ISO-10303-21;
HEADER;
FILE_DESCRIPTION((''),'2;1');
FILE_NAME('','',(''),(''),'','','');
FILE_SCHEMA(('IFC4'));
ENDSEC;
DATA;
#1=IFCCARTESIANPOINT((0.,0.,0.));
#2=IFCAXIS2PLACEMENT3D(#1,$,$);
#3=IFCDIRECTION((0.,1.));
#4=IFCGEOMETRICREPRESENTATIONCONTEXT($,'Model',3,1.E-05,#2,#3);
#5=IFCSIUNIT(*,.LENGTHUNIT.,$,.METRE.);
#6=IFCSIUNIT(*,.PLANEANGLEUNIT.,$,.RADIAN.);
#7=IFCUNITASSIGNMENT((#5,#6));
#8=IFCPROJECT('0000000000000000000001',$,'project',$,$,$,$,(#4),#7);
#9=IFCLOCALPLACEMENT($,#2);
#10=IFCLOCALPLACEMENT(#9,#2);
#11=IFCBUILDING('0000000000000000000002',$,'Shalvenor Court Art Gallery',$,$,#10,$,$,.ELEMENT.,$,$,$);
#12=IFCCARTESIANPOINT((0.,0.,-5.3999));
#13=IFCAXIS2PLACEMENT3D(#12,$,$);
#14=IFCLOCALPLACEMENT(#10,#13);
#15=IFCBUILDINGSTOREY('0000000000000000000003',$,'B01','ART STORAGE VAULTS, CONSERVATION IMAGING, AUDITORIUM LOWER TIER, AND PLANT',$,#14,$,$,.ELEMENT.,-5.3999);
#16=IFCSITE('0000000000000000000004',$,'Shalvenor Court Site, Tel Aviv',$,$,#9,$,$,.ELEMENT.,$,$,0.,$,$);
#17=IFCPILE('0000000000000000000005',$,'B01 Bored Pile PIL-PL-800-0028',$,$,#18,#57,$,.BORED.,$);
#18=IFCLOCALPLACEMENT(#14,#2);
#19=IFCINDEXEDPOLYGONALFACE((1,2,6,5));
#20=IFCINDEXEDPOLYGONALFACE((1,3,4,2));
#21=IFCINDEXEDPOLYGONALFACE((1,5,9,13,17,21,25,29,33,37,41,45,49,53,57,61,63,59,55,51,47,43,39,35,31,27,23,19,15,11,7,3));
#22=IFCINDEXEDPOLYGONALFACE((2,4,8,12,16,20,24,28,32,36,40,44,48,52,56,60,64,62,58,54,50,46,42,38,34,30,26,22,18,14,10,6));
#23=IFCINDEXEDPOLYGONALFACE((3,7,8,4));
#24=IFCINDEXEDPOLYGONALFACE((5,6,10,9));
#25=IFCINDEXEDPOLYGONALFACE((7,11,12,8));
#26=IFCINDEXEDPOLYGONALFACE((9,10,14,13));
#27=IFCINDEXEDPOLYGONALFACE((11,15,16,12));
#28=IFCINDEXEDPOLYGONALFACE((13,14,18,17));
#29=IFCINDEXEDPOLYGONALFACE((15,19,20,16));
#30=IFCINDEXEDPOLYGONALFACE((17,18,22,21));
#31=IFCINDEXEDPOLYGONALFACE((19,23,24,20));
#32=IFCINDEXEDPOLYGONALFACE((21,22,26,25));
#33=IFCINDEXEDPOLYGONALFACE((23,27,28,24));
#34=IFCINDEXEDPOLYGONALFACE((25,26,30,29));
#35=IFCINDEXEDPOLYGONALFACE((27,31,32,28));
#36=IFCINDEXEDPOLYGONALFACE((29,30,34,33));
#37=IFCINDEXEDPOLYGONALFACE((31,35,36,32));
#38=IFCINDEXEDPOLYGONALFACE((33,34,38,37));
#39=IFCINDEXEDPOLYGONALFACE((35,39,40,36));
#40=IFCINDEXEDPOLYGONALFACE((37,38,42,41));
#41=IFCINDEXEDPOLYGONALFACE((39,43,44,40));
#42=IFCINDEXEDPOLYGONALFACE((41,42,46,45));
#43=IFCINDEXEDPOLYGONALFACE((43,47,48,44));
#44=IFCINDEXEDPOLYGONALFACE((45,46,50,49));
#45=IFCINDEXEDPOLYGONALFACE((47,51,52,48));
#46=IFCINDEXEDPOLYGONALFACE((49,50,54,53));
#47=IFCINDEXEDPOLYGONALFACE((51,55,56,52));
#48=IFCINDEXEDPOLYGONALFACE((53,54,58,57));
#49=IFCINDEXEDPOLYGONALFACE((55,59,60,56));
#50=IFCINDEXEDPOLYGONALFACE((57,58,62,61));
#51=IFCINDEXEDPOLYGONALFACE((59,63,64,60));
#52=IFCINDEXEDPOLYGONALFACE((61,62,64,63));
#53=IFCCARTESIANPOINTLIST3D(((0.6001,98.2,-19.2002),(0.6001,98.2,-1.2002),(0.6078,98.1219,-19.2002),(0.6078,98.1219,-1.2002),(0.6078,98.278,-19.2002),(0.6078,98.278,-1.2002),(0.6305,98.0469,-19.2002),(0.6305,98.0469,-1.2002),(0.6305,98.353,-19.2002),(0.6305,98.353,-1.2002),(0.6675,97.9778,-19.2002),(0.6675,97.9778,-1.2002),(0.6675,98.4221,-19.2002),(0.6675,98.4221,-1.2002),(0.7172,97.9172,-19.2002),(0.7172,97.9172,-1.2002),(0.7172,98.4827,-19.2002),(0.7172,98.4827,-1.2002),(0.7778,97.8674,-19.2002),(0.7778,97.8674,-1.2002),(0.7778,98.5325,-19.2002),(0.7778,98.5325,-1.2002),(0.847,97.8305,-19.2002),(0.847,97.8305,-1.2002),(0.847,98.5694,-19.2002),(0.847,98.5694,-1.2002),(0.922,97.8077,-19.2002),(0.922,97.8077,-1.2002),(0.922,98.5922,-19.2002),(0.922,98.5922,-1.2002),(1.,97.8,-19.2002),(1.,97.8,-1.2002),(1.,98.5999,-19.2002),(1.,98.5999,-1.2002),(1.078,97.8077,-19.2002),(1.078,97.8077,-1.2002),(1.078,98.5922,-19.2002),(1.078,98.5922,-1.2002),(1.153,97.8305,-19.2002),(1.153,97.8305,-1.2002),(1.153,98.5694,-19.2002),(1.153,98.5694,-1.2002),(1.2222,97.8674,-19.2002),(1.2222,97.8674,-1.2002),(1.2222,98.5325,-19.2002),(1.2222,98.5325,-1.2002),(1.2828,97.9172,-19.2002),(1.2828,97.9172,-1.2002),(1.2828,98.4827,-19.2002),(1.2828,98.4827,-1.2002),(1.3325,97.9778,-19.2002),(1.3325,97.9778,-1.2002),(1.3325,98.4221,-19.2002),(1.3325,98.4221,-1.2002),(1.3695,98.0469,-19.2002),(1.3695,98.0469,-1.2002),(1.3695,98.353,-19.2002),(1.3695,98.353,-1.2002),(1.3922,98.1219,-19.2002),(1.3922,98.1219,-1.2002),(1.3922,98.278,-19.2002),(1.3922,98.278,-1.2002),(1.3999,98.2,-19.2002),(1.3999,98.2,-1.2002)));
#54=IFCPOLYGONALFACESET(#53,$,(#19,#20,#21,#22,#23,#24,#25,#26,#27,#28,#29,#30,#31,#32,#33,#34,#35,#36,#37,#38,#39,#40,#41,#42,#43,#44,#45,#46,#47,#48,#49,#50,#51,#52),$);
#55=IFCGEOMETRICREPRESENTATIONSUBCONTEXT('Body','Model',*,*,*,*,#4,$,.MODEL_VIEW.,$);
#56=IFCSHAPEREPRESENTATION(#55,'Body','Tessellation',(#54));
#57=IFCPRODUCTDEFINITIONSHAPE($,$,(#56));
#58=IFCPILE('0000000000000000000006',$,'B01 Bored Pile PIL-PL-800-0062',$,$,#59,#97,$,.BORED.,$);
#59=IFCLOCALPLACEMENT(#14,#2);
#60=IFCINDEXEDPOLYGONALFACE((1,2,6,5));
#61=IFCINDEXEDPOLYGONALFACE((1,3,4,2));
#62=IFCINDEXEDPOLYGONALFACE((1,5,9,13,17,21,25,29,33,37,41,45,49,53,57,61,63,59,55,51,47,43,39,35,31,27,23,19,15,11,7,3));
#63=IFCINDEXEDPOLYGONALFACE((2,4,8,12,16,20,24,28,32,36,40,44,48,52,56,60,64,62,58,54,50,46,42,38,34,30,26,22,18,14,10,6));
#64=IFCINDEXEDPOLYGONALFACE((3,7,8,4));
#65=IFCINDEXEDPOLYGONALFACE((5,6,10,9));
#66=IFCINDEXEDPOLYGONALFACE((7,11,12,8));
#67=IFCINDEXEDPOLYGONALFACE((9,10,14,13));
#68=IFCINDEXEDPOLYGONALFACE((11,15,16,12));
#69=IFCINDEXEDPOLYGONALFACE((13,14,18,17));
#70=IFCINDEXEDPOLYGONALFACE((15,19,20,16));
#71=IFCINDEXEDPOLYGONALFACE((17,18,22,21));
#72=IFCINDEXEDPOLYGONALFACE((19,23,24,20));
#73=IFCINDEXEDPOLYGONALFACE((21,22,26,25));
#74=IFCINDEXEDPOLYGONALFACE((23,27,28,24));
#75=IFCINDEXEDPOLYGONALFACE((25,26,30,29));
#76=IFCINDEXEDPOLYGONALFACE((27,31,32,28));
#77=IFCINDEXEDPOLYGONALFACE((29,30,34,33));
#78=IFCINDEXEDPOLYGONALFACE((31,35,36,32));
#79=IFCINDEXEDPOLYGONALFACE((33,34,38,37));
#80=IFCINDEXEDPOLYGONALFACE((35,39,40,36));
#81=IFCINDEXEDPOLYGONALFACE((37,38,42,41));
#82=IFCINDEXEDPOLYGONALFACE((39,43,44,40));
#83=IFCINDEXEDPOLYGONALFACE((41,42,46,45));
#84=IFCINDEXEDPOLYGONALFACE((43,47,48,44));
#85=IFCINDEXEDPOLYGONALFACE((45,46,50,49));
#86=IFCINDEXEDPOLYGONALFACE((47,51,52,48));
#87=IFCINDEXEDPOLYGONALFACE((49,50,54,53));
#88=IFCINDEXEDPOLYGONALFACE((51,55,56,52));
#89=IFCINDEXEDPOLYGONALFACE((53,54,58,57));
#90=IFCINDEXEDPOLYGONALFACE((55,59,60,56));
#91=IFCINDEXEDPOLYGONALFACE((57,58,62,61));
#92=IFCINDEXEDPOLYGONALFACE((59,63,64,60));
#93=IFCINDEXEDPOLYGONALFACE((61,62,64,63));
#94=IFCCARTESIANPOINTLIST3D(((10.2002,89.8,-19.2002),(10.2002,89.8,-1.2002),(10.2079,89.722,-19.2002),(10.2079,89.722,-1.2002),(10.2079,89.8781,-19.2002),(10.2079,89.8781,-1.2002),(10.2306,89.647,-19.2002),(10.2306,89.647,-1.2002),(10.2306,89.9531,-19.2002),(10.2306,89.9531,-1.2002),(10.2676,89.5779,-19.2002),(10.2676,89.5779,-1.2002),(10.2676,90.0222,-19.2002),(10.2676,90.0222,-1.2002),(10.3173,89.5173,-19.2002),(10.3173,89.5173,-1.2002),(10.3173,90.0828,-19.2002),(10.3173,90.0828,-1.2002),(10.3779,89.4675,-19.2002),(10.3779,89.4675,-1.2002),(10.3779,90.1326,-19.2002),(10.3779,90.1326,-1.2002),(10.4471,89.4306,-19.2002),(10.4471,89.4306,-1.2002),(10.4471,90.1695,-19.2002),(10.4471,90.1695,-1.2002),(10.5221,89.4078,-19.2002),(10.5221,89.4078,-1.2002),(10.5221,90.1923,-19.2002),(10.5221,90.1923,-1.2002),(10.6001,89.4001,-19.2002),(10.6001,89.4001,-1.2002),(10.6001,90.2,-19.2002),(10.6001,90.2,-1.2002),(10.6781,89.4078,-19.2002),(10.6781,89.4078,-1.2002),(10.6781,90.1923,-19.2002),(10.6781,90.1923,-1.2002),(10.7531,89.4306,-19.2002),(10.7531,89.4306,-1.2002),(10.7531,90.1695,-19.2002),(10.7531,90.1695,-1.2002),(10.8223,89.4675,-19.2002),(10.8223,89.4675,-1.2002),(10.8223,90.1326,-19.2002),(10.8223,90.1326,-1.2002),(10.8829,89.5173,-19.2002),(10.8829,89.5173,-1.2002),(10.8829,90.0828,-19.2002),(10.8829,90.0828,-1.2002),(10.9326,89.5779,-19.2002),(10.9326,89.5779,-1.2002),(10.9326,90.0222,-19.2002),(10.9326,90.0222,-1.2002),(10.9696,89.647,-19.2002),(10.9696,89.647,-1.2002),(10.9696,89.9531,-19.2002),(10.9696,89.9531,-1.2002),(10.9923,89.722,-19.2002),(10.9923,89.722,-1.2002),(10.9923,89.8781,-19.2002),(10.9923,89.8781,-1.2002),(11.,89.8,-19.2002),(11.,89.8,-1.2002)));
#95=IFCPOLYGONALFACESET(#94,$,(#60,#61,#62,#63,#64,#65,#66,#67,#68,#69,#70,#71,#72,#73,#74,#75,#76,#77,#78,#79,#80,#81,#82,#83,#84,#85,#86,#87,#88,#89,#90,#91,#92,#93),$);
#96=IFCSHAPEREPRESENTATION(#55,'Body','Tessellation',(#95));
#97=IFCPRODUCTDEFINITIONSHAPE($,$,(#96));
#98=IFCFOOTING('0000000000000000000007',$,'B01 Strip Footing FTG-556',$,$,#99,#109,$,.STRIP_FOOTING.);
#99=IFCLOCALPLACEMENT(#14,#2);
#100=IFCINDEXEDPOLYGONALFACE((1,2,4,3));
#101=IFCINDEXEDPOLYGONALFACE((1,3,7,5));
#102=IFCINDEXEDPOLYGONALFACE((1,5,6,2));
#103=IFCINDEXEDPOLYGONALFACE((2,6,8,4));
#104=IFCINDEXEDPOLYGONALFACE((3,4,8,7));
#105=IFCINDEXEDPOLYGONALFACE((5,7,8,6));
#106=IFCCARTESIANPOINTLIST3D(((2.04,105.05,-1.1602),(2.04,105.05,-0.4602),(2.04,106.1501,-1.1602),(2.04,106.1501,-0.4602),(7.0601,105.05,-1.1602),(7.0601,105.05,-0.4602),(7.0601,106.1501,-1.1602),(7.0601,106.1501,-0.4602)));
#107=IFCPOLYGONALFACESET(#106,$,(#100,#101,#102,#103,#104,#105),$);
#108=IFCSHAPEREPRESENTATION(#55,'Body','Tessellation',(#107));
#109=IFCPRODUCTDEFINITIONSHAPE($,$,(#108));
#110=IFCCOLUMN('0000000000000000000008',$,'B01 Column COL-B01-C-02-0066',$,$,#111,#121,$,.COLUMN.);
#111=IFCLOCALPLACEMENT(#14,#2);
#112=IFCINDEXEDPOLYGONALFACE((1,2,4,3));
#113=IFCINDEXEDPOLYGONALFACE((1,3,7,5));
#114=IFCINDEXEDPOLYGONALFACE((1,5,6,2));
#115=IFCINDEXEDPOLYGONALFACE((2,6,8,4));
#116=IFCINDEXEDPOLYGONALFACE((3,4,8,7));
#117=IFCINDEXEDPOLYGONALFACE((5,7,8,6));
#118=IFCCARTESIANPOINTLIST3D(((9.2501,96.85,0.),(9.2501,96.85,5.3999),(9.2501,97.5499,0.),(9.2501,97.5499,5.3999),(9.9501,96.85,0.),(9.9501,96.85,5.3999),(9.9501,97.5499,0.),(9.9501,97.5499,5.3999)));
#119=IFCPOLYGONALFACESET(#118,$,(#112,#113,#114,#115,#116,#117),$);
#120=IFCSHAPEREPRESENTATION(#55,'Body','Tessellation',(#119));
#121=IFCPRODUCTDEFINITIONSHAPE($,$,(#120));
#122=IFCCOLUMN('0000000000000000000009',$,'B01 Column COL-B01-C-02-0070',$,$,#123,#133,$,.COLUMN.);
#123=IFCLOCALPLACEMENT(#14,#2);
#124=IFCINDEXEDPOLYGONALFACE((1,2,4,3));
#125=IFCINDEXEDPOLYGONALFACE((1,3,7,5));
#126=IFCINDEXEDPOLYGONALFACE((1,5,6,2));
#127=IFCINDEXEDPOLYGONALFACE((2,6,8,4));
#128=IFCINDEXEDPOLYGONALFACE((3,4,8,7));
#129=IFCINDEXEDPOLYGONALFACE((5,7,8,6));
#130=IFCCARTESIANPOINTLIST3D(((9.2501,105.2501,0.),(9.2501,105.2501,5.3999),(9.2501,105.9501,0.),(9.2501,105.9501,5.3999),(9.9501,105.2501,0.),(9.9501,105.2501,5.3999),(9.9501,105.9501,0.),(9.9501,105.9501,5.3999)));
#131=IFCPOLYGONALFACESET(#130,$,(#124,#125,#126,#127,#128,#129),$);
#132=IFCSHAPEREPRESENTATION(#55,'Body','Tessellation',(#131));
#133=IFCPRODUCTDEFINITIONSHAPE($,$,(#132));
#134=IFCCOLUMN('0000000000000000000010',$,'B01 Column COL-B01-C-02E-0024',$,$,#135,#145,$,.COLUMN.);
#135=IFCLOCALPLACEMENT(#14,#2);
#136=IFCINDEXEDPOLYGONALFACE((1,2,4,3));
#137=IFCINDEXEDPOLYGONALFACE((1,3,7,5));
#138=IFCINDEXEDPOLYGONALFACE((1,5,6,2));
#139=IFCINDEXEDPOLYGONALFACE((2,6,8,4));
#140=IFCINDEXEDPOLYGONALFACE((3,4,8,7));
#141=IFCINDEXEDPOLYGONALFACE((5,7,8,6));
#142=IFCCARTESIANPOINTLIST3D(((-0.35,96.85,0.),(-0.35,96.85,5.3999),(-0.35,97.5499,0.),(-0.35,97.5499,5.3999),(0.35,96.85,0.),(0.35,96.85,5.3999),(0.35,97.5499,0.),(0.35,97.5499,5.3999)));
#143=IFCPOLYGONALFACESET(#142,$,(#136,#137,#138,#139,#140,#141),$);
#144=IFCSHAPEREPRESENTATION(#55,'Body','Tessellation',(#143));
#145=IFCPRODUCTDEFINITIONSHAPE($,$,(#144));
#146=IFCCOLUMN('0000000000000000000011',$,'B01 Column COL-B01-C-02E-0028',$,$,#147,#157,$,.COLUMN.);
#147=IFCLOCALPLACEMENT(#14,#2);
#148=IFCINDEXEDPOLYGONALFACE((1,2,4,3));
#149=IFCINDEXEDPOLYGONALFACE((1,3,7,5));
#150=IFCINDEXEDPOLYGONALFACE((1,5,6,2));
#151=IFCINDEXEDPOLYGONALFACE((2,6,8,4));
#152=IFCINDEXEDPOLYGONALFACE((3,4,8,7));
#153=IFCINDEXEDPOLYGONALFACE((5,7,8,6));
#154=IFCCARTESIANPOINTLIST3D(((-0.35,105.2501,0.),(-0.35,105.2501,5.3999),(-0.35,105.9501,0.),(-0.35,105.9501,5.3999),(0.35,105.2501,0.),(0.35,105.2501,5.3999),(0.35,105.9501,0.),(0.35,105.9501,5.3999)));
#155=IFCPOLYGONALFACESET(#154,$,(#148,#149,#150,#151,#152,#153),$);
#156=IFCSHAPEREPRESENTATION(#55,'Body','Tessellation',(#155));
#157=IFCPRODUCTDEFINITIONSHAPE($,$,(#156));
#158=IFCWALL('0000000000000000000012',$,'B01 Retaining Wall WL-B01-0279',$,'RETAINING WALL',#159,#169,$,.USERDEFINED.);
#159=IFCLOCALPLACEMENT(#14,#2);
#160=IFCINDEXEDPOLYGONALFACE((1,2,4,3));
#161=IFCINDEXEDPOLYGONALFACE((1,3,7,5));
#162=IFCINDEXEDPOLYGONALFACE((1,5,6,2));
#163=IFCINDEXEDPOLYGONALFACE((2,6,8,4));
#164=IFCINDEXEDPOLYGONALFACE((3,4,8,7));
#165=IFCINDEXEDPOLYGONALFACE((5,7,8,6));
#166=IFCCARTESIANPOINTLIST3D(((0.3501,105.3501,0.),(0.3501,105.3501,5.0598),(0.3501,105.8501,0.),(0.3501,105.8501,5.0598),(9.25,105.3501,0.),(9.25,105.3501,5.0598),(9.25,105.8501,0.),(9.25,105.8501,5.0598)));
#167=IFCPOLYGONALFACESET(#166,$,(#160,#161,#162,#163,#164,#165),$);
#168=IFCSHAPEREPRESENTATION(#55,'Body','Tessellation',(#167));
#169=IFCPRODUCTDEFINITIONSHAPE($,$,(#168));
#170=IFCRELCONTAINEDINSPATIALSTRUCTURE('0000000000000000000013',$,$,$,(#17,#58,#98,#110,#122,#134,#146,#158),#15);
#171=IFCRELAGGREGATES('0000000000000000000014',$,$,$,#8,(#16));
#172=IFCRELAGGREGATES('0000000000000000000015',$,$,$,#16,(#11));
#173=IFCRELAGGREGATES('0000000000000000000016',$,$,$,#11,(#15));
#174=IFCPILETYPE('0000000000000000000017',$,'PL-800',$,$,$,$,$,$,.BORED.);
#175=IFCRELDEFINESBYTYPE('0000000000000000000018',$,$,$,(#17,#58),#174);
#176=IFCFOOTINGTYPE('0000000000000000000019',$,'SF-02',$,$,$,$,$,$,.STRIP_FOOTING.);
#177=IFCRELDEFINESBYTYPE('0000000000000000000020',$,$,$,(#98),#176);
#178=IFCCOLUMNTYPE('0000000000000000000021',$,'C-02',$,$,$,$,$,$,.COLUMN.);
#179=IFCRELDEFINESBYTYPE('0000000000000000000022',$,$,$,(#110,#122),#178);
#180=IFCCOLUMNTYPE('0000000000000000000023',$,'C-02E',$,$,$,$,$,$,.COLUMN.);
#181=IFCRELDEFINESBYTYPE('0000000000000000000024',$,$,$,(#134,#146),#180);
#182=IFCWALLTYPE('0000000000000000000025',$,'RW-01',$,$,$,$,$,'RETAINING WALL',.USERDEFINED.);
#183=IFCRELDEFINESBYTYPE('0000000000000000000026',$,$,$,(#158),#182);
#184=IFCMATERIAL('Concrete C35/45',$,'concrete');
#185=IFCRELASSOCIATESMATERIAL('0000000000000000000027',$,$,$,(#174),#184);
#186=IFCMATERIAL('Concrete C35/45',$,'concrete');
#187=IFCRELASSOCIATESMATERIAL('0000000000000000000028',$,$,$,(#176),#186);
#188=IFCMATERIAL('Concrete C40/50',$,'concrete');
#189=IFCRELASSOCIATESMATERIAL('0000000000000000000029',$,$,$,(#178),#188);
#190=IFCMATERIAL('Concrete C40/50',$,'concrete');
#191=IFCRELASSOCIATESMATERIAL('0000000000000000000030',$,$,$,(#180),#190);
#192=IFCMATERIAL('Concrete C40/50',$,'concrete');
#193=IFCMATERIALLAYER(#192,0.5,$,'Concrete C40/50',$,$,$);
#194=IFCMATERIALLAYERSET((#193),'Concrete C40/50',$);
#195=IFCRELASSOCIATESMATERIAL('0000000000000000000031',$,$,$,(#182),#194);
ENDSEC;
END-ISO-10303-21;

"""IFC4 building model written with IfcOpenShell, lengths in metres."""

from ifc_helpers import new_model, si_unit, direction, frame, frame_2d, origin, origin_2d, place, context, subcontext, project, spatial, rectangle, circle, extrude, material, layer, layer_set, material_profile, profile_set, type_object, element, save


model = new_model("IFC4")

# Units and contexts
model_context = context("Model", 3, precision=1e-05, world=origin(), true_north=direction((0.0, 1.0)))
body_context = subcontext(model_context, "Body", "Model", "MODEL_VIEW")
ifc_project = project(units=[si_unit("LENGTHUNIT", "METRE"), si_unit("PLANEANGLEUNIT", "RADIAN")], contexts=[model_context])

# Site, building, storey
site_placement = place(None, origin())
site = spatial("IfcSite", under=ifc_project, at=site_placement, Name="Shalvenor Court Site, Tel Aviv", CompositionType="ELEMENT", RefElevation=0.0)
building_placement = place(site_placement, origin())
building = spatial("IfcBuilding", under=site, at=building_placement, Name="Shalvenor Court Art Gallery", CompositionType="ELEMENT")
storey_placement = place(building_placement, frame((0.0, 0.0, -5.3999)))
storey = spatial("IfcBuildingStorey", under=building, at=storey_placement, Name="B01", Description="ART STORAGE VAULTS, CONSERVATION IMAGING, AUDITORIUM LOWER TIER, AND PLANT", CompositionType="ELEMENT", Elevation=-5.3999)

# Piles
ifc_material_1 = material(Name="Concrete C35/45", Category="concrete")
ifc_material_profile_1 = material_profile(ifc_material_1, circle(Radius=0.3999, at=origin_2d()), Name="PILE 800")
ifc_profile_set_1 = profile_set([ifc_material_profile_1], Name="Concrete C35/45")
pile_type_1 = type_object("IfcPileType", Name="PL-800", PredefinedType="BORED", material=ifc_profile_set_1)
for number, where, z_axis, x_axis, name in (
    (1, (1.0, 98.2, -1.2002), (0.0, 0.0, -1.0), (1.0, 0.0, 0.0), "B01 Bored Pile PIL-PL-800-0028"),
    (2, (10.6001, 89.8, -1.2002), (0.0, 0.0, -1.0), (1.0, 0.0, 0.0), "B01 Bored Pile PIL-PL-800-0062"),
):
    element("IfcPile", number, at=place(storey_placement, frame(where, z_axis=z_axis, x_axis=x_axis)), inside=storey, type_object=pile_type_1, Name=name, PredefinedType="BORED", context=body_context, shape_type="SweptSolid", body=[
        extrude(circle(Radius=0.3999, at=origin_2d()), origin(), (0.0, 0.0, 1.0), 18.0),
    ])

# Footing
ifc_material_2 = material(Name="Concrete C35/45", Category="concrete")
footing_type_1 = type_object("IfcFootingType", Name="SF-02", PredefinedType="STRIP_FOOTING", material=ifc_material_2)
footing_1_placement = place(storey_placement, frame((4.55, 105.6001, -1.1602), z_axis=(0.0, 0.0, 1.0), x_axis=(1.0, 0.0, 0.0)))
element("IfcFooting", 3, at=footing_1_placement, inside=storey, type_object=footing_type_1, Name="B01 Strip Footing FTG-556", PredefinedType="STRIP_FOOTING", context=body_context, shape_type="SweptSolid", body=[
    extrude(rectangle(XDim=5.02, YDim=1.1001, at=origin_2d()), origin(), (0.0, 0.0, 1.0), 0.7),
])

# Columns
ifc_material_3 = material(Name="Concrete C40/50", Category="concrete")
ifc_material_profile_2 = material_profile(ifc_material_3, rectangle(XDim=0.7, YDim=0.7, at=origin_2d()), Name="RC 700x700")
ifc_profile_set_2 = profile_set([ifc_material_profile_2], Name="Concrete C40/50")
column_type_1 = type_object("IfcColumnType", Name="C-02", PredefinedType="COLUMN", material=ifc_profile_set_2)
for number, where, z_axis, x_axis, name in (
    (4, (9.6001, 97.2, 0.0), (0.0, 0.0, 1.0), (1.0, 0.0, 0.0), "B01 Column COL-B01-C-02-0066"),
    (5, (9.6001, 105.6001, 0.0), (0.0, 0.0, 1.0), (1.0, 0.0, 0.0), "B01 Column COL-B01-C-02-0070"),
):
    element("IfcColumn", number, at=place(storey_placement, frame(where, z_axis=z_axis, x_axis=x_axis)), inside=storey, type_object=column_type_1, Name=name, PredefinedType="COLUMN", context=body_context, shape_type="SweptSolid", body=[
        extrude(rectangle(XDim=0.7, YDim=0.7, at=origin_2d()), origin(), (0.0, 0.0, 1.0), 5.3999),
    ])
ifc_material_4 = material(Name="Concrete C40/50", Category="concrete")
ifc_material_profile_3 = material_profile(ifc_material_4, rectangle(XDim=0.7, YDim=0.7, at=origin_2d()), Name="RC 700x700")
ifc_profile_set_3 = profile_set([ifc_material_profile_3], Name="Concrete C40/50")
column_type_2 = type_object("IfcColumnType", Name="C-02E", PredefinedType="COLUMN", material=ifc_profile_set_3)
for number, where, z_axis, x_axis, name in (
    (6, (0.0, 97.2, 0.0), (0.0, 0.0, 1.0), (1.0, 0.0, 0.0), "B01 Column COL-B01-C-02E-0024"),
    (7, (0.0, 105.6001, 0.0), (0.0, 0.0, 1.0), (1.0, 0.0, 0.0), "B01 Column COL-B01-C-02E-0028"),
):
    element("IfcColumn", number, at=place(storey_placement, frame(where, z_axis=z_axis, x_axis=x_axis)), inside=storey, type_object=column_type_2, Name=name, PredefinedType="COLUMN", context=body_context, shape_type="SweptSolid", body=[
        extrude(rectangle(XDim=0.7, YDim=0.7, at=origin_2d()), origin(), (0.0, 0.0, 1.0), 5.3999),
    ])

# Wall
ifc_material_5 = material(Name="Concrete C40/50", Category="concrete")
ifc_layer = layer(ifc_material_5, 0.5, Name="Concrete C40/50")
ifc_layer_set = layer_set([ifc_layer], Name="Concrete C40/50")
wall_type = type_object("IfcWallType", Name="RW-01", ElementType="RETAINING WALL", PredefinedType="USERDEFINED", material=ifc_layer_set)
wall_placement = place(storey_placement, frame((9.25, 105.6001, 0.0), z_axis=(0.0, 0.0, 1.0), x_axis=(-1.0, 0.0, 0.0)))
element("IfcWall", 8, at=wall_placement, inside=storey, type_object=wall_type, Name="B01 Retaining Wall WL-B01-0279", ObjectType="RETAINING WALL", PredefinedType="USERDEFINED", context=body_context, shape_type="SweptSolid", body=[
    extrude(rectangle(XDim=8.8999, YDim=0.5, at=frame_2d((4.45, 0.0))), origin(), (0.0, 0.0, 1.0), 5.0598),
])

save(model, "model.ifc")
